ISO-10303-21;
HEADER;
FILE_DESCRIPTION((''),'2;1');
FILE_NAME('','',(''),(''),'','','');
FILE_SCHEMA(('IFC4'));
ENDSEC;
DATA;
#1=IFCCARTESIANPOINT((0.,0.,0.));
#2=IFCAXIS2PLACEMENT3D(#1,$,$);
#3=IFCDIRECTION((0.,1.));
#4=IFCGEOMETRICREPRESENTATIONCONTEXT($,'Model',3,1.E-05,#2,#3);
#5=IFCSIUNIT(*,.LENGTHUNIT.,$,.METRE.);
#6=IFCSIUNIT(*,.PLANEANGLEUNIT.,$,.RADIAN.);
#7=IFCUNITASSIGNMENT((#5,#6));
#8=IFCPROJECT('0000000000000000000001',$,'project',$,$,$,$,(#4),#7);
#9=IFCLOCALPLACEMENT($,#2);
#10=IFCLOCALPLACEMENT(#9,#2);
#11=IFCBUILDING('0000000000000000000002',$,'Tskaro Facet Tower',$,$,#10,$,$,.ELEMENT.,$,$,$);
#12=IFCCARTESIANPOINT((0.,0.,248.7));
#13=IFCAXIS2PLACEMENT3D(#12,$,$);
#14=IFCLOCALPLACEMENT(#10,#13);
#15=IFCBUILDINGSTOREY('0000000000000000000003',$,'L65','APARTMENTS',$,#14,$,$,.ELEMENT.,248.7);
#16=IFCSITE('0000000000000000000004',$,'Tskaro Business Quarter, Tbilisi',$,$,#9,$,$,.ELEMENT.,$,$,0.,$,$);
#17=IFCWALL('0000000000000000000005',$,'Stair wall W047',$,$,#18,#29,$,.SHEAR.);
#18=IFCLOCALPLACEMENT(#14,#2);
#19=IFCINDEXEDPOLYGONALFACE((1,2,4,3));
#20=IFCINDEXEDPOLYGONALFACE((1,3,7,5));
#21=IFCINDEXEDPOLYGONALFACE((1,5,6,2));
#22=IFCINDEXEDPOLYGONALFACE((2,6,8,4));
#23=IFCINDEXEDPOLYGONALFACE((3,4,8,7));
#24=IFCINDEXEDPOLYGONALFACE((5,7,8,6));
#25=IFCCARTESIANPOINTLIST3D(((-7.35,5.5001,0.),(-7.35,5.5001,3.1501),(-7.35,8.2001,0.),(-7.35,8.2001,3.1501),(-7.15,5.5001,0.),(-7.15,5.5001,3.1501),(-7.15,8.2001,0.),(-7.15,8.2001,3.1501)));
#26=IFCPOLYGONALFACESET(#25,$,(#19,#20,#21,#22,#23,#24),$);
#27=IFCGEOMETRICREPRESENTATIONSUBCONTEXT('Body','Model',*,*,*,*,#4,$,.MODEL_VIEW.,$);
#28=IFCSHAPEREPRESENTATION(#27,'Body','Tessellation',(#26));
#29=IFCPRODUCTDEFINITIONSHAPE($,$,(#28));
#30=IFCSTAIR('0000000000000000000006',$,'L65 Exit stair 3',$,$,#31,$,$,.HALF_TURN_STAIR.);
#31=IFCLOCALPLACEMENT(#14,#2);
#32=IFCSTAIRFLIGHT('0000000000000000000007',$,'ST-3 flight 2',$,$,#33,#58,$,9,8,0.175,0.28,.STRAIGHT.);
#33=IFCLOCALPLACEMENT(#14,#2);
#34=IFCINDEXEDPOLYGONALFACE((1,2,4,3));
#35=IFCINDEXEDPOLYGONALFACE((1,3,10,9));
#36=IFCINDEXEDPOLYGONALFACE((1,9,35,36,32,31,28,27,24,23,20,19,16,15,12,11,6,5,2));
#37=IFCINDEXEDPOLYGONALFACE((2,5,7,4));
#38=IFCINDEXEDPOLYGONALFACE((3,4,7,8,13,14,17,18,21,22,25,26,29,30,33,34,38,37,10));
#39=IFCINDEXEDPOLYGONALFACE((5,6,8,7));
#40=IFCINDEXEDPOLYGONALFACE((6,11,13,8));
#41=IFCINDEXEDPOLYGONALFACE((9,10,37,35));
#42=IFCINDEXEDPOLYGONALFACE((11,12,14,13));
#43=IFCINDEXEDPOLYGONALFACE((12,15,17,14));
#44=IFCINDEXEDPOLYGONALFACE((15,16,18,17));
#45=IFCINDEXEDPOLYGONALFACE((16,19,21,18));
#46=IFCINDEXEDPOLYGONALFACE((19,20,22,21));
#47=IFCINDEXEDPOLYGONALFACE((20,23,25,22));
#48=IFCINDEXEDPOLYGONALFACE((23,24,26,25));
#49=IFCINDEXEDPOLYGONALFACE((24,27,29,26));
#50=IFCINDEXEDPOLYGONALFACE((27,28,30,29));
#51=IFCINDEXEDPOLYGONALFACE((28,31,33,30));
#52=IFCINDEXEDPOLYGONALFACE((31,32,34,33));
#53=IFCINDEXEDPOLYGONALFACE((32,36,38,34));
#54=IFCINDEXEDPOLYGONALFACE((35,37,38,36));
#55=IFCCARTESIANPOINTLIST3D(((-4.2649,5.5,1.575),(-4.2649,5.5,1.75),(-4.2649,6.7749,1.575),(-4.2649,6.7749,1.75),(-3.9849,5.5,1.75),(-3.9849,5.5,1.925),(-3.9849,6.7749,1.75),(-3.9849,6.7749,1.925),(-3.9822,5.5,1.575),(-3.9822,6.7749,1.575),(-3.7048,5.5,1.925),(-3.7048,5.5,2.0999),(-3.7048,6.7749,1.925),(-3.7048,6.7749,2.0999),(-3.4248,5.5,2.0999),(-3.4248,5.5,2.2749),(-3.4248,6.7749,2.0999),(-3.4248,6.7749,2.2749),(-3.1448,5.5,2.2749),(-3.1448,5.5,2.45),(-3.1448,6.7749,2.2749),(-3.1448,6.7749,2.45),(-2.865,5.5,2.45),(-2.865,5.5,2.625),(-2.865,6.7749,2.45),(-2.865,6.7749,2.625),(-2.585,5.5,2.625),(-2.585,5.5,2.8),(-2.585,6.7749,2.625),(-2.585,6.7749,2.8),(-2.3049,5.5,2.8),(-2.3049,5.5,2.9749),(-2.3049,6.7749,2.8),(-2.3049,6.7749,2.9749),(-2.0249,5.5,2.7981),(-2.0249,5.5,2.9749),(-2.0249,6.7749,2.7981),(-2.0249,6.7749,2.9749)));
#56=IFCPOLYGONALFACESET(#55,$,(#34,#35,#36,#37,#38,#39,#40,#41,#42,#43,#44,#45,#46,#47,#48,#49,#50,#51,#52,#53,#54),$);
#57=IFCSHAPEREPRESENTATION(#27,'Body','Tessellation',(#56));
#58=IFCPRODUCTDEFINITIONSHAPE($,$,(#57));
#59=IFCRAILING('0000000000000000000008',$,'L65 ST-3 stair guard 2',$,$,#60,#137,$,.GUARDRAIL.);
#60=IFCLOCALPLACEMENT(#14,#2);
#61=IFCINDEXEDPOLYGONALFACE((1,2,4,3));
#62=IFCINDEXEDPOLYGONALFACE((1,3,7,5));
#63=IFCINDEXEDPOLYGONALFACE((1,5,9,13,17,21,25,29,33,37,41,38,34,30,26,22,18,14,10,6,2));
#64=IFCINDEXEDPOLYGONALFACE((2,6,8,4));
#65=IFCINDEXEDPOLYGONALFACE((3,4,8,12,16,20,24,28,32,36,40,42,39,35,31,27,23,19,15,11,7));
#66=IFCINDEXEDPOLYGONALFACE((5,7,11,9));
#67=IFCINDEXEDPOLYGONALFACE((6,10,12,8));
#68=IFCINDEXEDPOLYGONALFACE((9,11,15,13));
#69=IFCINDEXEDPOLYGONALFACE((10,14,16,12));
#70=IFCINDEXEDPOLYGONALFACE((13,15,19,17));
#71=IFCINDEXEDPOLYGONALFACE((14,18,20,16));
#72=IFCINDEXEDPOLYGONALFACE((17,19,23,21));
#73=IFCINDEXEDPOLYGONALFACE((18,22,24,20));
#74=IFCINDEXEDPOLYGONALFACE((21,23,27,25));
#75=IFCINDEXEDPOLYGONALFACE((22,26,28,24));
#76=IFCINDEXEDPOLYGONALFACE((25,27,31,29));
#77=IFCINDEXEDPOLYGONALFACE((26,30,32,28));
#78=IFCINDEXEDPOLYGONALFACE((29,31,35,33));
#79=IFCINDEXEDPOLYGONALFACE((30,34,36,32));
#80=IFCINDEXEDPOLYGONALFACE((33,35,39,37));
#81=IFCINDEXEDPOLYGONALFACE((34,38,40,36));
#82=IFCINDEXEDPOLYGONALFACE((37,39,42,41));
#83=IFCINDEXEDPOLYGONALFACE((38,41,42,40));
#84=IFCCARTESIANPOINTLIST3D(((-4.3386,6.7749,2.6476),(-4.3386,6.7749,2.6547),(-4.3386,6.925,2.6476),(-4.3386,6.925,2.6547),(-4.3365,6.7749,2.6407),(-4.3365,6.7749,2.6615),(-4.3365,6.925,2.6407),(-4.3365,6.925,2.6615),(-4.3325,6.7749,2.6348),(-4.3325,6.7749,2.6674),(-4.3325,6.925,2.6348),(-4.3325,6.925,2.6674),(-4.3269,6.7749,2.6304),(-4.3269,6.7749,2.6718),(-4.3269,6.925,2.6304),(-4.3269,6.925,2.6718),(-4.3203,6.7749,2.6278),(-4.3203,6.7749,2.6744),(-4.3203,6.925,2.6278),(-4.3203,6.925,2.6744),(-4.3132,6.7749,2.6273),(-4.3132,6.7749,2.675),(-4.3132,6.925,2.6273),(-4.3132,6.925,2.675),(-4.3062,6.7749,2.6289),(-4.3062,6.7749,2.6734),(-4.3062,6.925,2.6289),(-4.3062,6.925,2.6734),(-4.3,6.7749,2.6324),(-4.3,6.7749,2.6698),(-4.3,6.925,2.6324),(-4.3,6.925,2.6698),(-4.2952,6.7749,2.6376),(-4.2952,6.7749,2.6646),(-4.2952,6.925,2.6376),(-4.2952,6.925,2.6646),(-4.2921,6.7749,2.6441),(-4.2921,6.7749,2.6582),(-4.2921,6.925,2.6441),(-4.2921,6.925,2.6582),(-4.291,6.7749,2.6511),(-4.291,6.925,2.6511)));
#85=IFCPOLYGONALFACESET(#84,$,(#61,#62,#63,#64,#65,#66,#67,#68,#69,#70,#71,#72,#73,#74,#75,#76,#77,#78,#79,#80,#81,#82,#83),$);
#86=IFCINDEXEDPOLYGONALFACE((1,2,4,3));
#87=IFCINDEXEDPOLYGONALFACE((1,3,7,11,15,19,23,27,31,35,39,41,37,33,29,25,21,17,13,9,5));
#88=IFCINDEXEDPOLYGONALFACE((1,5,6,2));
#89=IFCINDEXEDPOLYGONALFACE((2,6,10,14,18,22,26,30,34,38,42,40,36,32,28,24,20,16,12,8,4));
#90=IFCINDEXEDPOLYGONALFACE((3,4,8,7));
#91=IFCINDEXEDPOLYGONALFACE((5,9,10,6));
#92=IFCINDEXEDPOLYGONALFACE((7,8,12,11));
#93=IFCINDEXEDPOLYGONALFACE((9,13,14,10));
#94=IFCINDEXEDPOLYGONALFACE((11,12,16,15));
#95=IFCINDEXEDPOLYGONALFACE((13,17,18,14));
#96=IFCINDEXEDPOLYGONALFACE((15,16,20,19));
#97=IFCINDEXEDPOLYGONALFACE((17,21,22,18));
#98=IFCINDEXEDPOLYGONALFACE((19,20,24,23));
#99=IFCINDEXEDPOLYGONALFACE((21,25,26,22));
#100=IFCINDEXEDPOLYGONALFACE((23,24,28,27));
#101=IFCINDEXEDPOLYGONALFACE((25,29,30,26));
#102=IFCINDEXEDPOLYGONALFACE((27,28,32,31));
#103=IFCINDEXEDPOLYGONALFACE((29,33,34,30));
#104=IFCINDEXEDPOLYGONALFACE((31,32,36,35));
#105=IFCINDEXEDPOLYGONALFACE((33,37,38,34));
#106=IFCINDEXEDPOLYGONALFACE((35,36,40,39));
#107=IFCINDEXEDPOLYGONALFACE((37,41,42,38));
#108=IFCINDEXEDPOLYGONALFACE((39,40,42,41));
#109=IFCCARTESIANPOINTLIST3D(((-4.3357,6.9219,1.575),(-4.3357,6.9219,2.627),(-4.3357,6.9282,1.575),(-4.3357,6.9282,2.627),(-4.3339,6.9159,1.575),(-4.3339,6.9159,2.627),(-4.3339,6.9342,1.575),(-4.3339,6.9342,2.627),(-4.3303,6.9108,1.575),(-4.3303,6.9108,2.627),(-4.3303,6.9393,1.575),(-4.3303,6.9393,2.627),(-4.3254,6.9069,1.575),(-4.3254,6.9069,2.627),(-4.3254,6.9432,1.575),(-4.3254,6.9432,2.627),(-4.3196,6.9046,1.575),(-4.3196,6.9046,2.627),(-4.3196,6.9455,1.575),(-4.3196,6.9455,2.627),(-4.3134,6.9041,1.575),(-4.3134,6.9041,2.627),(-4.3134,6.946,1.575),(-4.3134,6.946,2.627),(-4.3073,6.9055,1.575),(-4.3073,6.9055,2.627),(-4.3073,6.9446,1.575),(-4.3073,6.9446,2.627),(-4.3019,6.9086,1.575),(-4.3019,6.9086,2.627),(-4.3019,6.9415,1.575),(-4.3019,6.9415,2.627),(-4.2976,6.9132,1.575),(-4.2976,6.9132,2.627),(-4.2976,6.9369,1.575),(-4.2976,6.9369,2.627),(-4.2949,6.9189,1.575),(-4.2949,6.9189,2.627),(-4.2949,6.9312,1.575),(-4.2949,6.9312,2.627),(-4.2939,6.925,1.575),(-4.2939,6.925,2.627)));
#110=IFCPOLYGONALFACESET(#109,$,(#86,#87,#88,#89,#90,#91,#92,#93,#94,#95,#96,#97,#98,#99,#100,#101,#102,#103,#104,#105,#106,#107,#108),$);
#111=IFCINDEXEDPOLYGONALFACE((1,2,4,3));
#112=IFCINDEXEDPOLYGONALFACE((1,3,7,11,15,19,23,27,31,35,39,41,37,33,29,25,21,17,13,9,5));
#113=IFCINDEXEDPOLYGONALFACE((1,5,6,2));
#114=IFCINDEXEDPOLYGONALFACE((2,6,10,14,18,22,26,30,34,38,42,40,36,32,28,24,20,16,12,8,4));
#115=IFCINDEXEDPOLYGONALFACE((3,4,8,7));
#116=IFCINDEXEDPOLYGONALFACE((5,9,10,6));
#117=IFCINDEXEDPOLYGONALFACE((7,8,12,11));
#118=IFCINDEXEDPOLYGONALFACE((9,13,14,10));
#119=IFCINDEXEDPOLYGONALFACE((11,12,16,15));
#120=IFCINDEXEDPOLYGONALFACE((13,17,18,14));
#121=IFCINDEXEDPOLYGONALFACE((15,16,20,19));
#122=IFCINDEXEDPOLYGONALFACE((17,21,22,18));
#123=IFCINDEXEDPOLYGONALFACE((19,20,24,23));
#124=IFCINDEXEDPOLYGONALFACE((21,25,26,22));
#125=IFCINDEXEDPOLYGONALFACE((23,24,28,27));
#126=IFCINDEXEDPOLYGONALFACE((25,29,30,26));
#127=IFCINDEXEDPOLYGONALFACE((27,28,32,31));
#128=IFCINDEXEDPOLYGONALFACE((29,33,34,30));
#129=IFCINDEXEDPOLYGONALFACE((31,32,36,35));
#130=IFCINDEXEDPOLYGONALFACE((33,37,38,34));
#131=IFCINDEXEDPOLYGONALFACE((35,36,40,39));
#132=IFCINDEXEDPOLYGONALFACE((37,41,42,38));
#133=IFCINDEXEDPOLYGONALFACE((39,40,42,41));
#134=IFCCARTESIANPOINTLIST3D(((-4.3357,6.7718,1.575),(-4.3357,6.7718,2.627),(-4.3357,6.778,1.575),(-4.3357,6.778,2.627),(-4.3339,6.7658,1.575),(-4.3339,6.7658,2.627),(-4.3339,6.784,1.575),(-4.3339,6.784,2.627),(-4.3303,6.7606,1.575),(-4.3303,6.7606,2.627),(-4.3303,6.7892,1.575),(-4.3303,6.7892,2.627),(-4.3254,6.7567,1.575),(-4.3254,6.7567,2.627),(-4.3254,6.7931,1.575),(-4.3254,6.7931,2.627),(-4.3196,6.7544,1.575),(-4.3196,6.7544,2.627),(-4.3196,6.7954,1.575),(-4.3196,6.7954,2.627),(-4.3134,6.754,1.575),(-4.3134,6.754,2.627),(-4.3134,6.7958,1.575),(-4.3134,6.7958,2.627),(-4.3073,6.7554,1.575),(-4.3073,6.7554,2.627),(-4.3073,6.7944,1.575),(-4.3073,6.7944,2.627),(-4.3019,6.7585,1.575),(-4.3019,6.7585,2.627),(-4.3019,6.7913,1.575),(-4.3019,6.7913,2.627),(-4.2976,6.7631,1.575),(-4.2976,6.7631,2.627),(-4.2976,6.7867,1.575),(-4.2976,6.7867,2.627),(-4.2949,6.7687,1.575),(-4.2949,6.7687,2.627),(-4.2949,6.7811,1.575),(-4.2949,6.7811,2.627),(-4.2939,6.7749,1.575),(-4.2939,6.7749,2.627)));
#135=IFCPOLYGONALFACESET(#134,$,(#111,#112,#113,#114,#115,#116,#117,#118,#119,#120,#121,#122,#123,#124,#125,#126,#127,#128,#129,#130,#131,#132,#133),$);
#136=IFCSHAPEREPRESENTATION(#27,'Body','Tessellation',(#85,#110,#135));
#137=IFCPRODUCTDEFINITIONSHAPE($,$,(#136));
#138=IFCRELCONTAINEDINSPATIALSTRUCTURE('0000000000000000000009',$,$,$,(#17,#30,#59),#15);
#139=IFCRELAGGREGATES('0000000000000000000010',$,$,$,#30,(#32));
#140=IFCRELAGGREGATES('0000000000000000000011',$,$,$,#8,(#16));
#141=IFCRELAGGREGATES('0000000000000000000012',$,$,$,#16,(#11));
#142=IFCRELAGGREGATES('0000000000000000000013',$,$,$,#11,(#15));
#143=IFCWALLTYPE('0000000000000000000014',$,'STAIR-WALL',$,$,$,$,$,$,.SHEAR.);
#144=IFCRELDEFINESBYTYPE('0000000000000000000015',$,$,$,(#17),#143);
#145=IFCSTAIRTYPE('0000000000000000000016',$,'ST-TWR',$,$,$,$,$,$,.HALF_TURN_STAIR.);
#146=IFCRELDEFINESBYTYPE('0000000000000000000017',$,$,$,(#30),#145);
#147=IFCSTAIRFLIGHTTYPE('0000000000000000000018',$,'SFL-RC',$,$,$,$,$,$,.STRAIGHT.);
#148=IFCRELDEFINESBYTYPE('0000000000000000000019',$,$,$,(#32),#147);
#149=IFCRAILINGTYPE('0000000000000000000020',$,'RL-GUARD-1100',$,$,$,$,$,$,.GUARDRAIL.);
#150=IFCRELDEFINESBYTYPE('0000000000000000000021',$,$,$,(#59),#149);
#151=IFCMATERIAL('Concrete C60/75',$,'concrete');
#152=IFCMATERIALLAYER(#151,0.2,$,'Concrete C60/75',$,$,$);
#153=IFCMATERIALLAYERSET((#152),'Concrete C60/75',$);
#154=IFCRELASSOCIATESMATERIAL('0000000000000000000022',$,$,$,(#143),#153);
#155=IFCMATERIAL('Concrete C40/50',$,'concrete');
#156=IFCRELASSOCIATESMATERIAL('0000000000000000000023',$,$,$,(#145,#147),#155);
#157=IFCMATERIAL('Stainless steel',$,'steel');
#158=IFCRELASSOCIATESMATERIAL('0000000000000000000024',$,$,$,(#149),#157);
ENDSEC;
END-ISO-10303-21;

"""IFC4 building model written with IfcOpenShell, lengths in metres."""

from ifc_helpers import new_model, si_unit, direction, frame, frame_2d, origin, origin_2d, place, context, subcontext, project, spatial, polyline, rectangle, circle, outline, extrude, material, layer, layer_set, type_object, element, aggregate, save


model = new_model("IFC4")

# Units and contexts
model_context = context("Model", 3, precision=1e-05, world=origin(), true_north=direction((0.0, 1.0)))
body_context = subcontext(model_context, "Body", "Model", "MODEL_VIEW")
ifc_project = project(units=[si_unit("LENGTHUNIT", "METRE"), si_unit("PLANEANGLEUNIT", "RADIAN")], contexts=[model_context])

# Site, building, storey
site_placement = place(None, origin())
site = spatial("IfcSite", under=ifc_project, at=site_placement, Name="Tskaro Business Quarter, Tbilisi", CompositionType="ELEMENT", RefElevation=0.0)
building_placement = place(site_placement, origin())
building = spatial("IfcBuilding", under=site, at=building_placement, Name="Tskaro Facet Tower", CompositionType="ELEMENT")
storey_placement = place(building_placement, frame((0.0, 0.0, 248.7)))
storey = spatial("IfcBuildingStorey", under=building, at=storey_placement, Name="L65", Description="APARTMENTS", CompositionType="ELEMENT", Elevation=248.7)

# Shared definitions
ifc_material_1 = material(Name="Concrete C40/50", Category="concrete")

# Shared definitions
ifc_material_2 = material(Name="Concrete C60/75", Category="concrete")
ifc_layer_1 = layer(ifc_material_2, 0.2, Name="Concrete C60/75")
ifc_layer_set_1 = layer_set([ifc_layer_1], Name="Concrete C60/75")
wall_type_1 = type_object("IfcWallType", Name="STAIR-WALL", PredefinedType="SHEAR", material=ifc_layer_set_1)

# Wall
wall_1_placement = place(storey_placement, frame((-7.25, 5.5, 0.0), z_axis=(0.0, 0.0, 1.0), x_axis=(0.0, 1.0, 0.0)))
element("IfcWall", 1, at=wall_1_placement, inside=storey, type_object=wall_type_1, Name="Stair wall W047", PredefinedType="SHEAR", context=body_context, shape_type="SweptSolid", body=[
    extrude(rectangle(XDim=2.7, YDim=0.2, at=frame_2d((1.3501, 0.0))), origin(), (0.0, 0.0, 1.0), 3.1501),
])

# Stair, stair flight
stair_type = type_object("IfcStairType", Name="ST-TWR", PredefinedType="HALF_TURN_STAIR", material=ifc_material_1)
stair_placement = place(storey_placement, origin())
stair = element("IfcStair", 2, at=stair_placement, inside=storey, type_object=stair_type, Name="L65 Exit stair 3", PredefinedType="HALF_TURN_STAIR")
stair_flight_type = type_object("IfcStairFlightType", Name="SFL-RC", PredefinedType="STRAIGHT", material=ifc_material_1)
stair_flight_placement = place(storey_placement, frame((-4.2649, 6.1375, 1.575), z_axis=(0.0, 0.0, 1.0), x_axis=(1.0, 0.0, 0.0)))
stair_flight = element("IfcStairFlight", 3, at=stair_flight_placement, type_object=stair_flight_type, Name="ST-3 flight 2", NumberOfRisers=9, NumberOfTreads=8, PredefinedType="STRAIGHT", RiserHeight=0.175, TreadLength=0.28, context=body_context, shape_type="SweptSolid", body=[
    extrude(outline(polyline([(0.0, 0.0), (0.0, 0.175), (0.28, 0.175), (0.28, 0.3501), (0.5601, 0.3501), (0.5601, 0.5249), (0.8401, 0.5249), (0.8401, 0.7), (1.1201, 0.7), (1.1201, 0.875), (1.3999, 0.875), (1.3999, 1.05), (1.6799, 1.05), (1.6799, 1.2251), (1.96, 1.2251), (1.96, 1.3999), (2.24, 1.3999), (2.24, 1.575), (2.24, 1.2231), (0.2827, 0.0), (0.0, 0.0)])), frame((0.0, 0.6375, 0.0), z_axis=(0.0, -1.0, 0.0), x_axis=(1.0, 0.0, 0.0)), (0.0, 0.0, 1.0), 1.2749),
])
aggregate(stair, [stair_flight])

# Railing
ifc_material_3 = material(Name="Stainless steel", Category="steel")
railing_type_1 = type_object("IfcRailingType", Name="RL-GUARD-1100", PredefinedType="GUARDRAIL", material=ifc_material_3)
railing_1_placement = place(storey_placement, frame((-4.3149, 6.925, 1.575)))
element("IfcRailing", 4, at=railing_1_placement, inside=storey, type_object=railing_type_1, Name="L65 ST-3 stair guard 2", PredefinedType="GUARDRAIL", context=body_context, shape_type="SweptSolid", body=[
    extrude(circle(Radius=0.0239, at=origin_2d()), frame((0.0, 0.0, 1.0762), z_axis=(0.0, -1.0, 0.0), x_axis=(1.0, 0.0, 0.0)), (0.0, 0.0, 1.0), 0.1501),
    extrude(circle(Radius=0.021, at=origin_2d()), origin(), (0.0, 0.0, 1.0), 1.052),
    extrude(circle(Radius=0.021, at=origin_2d()), frame((0.0, -0.1501, 0.0)), (0.0, 0.0, 1.0), 1.052),
])

save(model, "model.ifc")
